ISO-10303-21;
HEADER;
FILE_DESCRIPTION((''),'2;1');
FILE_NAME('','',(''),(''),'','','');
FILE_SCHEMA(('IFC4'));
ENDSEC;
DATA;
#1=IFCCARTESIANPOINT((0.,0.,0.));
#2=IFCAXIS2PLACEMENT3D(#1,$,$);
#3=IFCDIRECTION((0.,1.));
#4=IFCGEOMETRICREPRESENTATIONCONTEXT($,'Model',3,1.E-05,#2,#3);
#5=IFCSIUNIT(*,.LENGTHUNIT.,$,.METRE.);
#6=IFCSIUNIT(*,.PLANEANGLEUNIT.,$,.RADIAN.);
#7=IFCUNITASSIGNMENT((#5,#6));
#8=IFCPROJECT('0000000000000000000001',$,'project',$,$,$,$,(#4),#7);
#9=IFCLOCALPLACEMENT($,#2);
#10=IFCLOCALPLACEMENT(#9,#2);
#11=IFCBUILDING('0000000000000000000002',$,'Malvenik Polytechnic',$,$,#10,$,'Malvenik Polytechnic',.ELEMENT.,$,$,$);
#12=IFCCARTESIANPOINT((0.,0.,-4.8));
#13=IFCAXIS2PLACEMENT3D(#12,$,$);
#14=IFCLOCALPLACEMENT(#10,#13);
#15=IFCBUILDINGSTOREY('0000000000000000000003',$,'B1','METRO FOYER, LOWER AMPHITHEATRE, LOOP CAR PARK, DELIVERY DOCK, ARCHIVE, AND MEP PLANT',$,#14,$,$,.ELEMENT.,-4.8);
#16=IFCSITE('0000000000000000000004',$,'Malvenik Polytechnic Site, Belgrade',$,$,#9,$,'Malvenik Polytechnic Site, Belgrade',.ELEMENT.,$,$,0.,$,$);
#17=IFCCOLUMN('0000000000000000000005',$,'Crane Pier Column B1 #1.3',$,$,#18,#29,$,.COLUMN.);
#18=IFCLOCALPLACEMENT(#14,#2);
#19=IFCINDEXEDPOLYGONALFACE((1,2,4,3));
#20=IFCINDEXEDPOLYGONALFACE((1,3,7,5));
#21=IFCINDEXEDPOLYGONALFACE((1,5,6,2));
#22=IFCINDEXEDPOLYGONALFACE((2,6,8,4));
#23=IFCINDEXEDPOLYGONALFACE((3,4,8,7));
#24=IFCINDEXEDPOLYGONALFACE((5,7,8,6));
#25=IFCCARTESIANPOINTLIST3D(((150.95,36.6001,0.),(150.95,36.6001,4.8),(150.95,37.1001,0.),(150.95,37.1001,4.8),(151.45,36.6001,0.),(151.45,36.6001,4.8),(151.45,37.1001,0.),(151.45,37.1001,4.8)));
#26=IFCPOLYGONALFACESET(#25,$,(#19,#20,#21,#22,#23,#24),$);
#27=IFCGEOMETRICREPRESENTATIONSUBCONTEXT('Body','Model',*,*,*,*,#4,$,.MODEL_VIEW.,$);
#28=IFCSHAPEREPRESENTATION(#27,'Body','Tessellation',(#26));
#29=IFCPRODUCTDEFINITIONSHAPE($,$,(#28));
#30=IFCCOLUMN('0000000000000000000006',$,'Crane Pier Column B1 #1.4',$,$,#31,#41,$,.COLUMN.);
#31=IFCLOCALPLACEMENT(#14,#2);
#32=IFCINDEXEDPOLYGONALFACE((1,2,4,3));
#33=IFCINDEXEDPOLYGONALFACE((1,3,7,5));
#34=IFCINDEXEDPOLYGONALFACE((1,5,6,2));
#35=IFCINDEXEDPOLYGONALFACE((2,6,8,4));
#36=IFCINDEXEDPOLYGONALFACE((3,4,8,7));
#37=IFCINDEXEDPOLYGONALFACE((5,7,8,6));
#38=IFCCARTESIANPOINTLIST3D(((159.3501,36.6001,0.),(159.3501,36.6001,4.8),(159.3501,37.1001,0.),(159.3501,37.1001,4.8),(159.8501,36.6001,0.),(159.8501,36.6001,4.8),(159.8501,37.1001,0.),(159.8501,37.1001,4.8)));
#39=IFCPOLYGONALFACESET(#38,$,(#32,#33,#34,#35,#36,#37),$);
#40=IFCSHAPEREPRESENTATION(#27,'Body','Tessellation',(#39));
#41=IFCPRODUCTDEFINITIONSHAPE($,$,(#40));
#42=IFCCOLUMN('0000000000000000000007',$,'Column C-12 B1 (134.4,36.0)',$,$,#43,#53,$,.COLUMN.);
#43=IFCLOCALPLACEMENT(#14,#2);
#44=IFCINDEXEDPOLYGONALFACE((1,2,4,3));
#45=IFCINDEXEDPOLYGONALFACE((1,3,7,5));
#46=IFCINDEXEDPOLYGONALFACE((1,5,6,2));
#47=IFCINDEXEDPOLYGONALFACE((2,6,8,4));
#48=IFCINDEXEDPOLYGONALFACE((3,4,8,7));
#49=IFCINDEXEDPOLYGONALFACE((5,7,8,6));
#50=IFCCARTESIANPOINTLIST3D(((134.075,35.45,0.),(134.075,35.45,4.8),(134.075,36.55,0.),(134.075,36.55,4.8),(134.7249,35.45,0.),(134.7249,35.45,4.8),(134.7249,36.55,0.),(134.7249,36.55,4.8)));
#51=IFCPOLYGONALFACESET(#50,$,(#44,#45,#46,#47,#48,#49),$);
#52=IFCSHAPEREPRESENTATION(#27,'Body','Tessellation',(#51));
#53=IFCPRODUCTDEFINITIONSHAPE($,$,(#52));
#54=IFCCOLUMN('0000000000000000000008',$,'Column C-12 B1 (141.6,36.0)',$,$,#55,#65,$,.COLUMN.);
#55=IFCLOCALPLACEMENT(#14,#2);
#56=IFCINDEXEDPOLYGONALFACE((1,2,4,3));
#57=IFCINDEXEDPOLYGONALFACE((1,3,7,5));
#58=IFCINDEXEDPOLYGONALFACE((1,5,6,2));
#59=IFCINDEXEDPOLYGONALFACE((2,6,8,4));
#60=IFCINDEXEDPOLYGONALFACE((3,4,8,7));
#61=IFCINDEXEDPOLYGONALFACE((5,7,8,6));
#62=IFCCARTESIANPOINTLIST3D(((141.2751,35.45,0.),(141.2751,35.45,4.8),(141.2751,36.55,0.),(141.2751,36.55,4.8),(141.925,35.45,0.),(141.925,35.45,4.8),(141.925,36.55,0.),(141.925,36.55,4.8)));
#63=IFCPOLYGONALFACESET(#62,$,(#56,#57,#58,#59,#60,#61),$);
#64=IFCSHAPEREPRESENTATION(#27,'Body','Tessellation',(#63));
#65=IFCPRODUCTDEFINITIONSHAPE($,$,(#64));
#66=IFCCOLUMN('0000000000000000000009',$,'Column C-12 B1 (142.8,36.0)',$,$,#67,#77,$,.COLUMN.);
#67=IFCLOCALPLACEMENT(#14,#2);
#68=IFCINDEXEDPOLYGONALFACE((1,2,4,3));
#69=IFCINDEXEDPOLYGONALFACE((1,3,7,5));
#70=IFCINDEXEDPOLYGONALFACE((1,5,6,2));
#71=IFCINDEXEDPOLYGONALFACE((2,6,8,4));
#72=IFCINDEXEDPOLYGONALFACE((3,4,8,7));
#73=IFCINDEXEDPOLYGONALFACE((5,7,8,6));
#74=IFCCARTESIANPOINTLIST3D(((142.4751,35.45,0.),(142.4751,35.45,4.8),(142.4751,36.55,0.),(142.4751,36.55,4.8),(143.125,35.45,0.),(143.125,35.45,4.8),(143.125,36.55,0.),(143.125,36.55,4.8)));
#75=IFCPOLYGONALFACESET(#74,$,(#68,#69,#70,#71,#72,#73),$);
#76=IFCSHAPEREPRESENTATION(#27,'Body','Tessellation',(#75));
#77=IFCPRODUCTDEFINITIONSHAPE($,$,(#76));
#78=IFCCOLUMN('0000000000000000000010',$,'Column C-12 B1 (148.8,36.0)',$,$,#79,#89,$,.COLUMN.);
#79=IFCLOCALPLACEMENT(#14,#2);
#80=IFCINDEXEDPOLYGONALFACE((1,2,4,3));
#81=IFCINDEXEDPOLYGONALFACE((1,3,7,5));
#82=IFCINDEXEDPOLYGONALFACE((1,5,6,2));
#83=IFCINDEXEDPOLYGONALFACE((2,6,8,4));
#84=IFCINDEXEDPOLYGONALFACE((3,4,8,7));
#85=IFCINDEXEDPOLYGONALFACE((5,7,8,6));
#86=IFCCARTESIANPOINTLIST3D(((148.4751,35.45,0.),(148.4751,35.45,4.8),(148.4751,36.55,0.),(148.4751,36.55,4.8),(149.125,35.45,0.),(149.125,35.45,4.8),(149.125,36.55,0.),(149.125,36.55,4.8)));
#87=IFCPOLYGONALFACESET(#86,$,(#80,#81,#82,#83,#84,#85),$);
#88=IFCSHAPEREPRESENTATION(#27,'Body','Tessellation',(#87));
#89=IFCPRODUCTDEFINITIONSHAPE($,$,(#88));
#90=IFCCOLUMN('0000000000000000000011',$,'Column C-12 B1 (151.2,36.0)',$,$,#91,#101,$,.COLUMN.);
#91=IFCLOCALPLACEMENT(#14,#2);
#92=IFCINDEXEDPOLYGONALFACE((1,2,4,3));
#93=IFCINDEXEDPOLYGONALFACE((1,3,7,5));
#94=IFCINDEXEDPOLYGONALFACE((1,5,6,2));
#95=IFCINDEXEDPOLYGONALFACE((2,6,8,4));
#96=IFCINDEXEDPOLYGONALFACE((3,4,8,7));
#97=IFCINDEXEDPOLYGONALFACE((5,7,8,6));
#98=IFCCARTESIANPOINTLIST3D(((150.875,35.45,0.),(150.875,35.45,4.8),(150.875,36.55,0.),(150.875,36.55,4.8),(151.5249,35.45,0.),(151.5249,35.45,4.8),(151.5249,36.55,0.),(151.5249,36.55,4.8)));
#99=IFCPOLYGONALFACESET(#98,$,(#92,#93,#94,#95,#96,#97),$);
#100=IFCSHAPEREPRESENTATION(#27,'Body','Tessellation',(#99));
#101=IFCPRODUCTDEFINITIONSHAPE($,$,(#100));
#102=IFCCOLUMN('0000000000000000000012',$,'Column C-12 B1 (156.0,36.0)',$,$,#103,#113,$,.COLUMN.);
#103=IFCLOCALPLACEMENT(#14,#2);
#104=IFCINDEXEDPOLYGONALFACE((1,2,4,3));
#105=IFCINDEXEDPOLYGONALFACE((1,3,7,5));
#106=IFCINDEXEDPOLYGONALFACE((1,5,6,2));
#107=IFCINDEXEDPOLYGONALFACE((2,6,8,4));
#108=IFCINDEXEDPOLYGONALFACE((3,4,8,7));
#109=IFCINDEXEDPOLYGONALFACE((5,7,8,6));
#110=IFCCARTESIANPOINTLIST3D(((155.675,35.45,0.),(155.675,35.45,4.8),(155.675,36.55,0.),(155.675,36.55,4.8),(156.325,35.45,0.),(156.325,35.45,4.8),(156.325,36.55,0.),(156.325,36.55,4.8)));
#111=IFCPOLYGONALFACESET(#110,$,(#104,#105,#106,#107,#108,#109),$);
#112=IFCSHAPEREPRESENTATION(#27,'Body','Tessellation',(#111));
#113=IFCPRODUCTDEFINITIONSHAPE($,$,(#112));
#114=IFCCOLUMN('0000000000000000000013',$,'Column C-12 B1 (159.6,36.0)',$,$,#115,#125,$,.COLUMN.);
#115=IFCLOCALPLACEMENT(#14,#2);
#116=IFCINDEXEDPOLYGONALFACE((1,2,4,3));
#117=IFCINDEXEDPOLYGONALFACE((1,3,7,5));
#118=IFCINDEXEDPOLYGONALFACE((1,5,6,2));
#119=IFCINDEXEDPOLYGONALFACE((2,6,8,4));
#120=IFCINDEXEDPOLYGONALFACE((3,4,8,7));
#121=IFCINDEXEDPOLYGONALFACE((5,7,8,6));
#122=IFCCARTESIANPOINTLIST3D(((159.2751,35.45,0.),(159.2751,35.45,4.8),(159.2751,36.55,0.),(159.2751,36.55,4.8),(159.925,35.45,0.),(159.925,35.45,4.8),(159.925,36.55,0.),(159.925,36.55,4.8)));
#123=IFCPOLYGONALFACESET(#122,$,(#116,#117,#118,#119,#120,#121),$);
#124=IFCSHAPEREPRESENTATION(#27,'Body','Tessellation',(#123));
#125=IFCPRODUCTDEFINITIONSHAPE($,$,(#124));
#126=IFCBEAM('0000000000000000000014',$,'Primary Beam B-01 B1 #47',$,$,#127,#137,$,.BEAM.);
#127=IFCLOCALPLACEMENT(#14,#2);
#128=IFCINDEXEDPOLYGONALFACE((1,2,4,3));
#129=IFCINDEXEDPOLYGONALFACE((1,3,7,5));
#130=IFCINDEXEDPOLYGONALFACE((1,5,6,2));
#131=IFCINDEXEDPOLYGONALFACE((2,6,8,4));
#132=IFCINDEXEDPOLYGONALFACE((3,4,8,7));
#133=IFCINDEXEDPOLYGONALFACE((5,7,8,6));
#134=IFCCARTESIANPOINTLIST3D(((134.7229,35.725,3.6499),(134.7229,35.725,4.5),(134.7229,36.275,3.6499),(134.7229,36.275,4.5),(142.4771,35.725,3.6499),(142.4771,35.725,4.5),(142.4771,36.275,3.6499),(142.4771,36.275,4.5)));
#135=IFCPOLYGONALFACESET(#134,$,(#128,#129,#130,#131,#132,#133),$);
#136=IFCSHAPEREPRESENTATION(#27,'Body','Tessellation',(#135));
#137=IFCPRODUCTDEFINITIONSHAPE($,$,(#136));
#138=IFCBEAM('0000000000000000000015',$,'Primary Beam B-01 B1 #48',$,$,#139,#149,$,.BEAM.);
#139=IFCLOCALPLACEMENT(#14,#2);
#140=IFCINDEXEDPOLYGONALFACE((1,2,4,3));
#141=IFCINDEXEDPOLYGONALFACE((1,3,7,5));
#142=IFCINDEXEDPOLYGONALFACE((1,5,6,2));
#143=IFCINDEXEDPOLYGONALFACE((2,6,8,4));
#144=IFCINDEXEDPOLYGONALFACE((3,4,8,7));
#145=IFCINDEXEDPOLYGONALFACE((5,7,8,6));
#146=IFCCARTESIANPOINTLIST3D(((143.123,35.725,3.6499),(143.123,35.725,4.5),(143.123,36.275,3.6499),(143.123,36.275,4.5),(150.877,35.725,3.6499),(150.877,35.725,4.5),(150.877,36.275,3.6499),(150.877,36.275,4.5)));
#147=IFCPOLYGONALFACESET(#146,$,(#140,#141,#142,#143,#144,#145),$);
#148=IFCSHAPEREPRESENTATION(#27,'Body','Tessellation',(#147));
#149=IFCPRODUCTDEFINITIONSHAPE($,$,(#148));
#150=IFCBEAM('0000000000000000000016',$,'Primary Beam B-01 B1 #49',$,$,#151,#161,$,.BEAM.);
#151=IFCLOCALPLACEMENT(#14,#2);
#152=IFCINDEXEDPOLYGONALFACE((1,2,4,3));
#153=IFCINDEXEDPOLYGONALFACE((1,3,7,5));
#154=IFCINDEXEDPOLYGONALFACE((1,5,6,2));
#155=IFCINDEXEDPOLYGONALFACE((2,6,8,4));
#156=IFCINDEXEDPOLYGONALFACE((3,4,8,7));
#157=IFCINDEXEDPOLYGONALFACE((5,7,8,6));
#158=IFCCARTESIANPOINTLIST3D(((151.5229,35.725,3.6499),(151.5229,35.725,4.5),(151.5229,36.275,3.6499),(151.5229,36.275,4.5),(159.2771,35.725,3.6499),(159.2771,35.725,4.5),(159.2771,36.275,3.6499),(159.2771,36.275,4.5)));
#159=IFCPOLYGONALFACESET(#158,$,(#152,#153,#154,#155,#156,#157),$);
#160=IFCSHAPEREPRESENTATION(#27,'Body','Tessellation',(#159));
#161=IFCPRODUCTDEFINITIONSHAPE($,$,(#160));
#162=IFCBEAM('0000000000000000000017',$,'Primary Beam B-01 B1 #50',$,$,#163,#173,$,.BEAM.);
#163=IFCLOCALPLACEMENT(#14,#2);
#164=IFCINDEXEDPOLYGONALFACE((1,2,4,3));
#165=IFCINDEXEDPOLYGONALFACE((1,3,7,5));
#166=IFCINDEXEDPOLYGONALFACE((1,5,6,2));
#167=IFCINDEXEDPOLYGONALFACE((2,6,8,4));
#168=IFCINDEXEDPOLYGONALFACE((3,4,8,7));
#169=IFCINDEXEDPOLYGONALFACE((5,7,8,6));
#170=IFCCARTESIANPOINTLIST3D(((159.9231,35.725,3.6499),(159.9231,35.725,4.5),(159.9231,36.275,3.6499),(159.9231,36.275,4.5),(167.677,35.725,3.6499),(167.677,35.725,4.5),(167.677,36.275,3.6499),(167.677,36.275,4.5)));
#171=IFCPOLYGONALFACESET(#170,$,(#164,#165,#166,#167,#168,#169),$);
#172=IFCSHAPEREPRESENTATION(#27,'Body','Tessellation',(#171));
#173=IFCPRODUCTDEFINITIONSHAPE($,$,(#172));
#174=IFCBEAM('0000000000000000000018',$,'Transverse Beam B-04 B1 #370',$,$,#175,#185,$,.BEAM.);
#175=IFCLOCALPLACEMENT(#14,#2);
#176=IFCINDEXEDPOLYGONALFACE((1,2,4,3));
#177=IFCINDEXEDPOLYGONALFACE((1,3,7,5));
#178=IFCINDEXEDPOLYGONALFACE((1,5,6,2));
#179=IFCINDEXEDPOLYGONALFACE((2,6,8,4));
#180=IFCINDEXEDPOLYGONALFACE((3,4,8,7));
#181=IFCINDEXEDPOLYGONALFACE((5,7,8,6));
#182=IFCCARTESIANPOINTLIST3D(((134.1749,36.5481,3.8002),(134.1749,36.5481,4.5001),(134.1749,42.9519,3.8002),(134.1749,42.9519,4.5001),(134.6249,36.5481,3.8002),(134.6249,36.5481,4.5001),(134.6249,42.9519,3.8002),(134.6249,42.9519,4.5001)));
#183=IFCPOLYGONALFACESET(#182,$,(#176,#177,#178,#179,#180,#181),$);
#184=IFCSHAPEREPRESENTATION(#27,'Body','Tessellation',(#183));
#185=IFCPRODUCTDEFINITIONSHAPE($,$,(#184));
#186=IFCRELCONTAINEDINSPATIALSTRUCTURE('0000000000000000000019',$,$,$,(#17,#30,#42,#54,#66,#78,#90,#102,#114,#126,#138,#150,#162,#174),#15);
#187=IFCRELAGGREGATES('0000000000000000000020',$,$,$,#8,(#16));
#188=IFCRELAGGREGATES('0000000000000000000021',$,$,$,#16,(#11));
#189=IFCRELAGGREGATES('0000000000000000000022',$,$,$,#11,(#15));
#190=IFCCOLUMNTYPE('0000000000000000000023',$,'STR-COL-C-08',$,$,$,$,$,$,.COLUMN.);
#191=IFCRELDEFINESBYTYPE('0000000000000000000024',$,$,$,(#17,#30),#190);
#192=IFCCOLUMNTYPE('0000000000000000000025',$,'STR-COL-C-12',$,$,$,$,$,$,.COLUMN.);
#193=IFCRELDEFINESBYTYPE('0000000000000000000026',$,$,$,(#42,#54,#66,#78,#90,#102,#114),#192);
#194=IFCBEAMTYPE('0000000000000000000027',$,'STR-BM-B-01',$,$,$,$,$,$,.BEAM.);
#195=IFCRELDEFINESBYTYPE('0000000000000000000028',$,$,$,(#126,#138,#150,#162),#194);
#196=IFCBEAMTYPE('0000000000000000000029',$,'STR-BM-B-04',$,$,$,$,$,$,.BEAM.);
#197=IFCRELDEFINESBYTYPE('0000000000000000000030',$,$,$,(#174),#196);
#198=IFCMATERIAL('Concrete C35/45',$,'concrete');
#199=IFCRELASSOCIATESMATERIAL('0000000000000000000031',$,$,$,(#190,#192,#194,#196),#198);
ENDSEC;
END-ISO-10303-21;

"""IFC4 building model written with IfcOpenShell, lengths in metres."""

from ifc_helpers import new_model, si_unit, direction, frame, origin, origin_2d, place, context, subcontext, project, spatial, rectangle, extrude, material, material_profile, profile_set, type_object, element, save


model = new_model("IFC4")

# Units and contexts
model_context = context("Model", 3, precision=1e-05, world=origin(), true_north=direction((0.0, 1.0)))
body_context = subcontext(model_context, "Body", "Model", "MODEL_VIEW")
ifc_project = project(units=[si_unit("LENGTHUNIT", "METRE"), si_unit("PLANEANGLEUNIT", "RADIAN")], contexts=[model_context])

# Site, building, storey
site_placement = place(None, origin())
site = spatial("IfcSite", under=ifc_project, at=site_placement, Name="Malvenik Polytechnic Site, Belgrade", LongName="Malvenik Polytechnic Site, Belgrade", CompositionType="ELEMENT", RefElevation=0.0)
building_placement = place(site_placement, origin())
building = spatial("IfcBuilding", under=site, at=building_placement, Name="Malvenik Polytechnic", LongName="Malvenik Polytechnic", CompositionType="ELEMENT")
storey_placement = place(building_placement, frame((0.0, 0.0, -4.8)))
storey = spatial("IfcBuildingStorey", under=building, at=storey_placement, Name="B1", Description="METRO FOYER, LOWER AMPHITHEATRE, LOOP CAR PARK, DELIVERY DOCK, ARCHIVE, AND MEP PLANT", CompositionType="ELEMENT", Elevation=-4.8)

# Shared definitions
ifc_material = material(Name="Concrete C35/45", Category="concrete")

# Columns
ifc_material_profile_1 = material_profile(ifc_material, rectangle(XDim=0.5, YDim=0.5, at=origin_2d()), Name="RC COL 500x500")
ifc_profile_set_1 = profile_set([ifc_material_profile_1], Name="Concrete C35/45")
column_type_1 = type_object("IfcColumnType", Name="STR-COL-C-08", PredefinedType="COLUMN", material=ifc_profile_set_1)
for number, where, z_axis, x_axis, name in (
    (1, (151.2, 36.8501, 0.0), (0.0, 0.0, 1.0), (1.0, 0.0, 0.0), "Crane Pier Column B1 #1.3"),
    (2, (159.6001, 36.8501, 0.0), (0.0, 0.0, 1.0), (1.0, 0.0, 0.0), "Crane Pier Column B1 #1.4"),
):
    element("IfcColumn", number, at=place(storey_placement, frame(where, z_axis=z_axis, x_axis=x_axis)), inside=storey, type_object=column_type_1, Name=name, PredefinedType="COLUMN", context=body_context, shape_type="SweptSolid", body=[
        extrude(rectangle(XDim=0.5, YDim=0.5, at=origin_2d()), origin(), (0.0, 0.0, 1.0), 4.8),
    ])
ifc_material_profile_2 = material_profile(ifc_material, rectangle(XDim=0.6499, YDim=1.1001, at=origin_2d()), Name="RC COL 1100x650")
ifc_profile_set_2 = profile_set([ifc_material_profile_2], Name="Concrete C35/45")
column_type_2 = type_object("IfcColumnType", Name="STR-COL-C-12", PredefinedType="COLUMN", material=ifc_profile_set_2)
for number, where, z_axis, x_axis, name in (
    (3, (134.3999, 36.0, 0.0), (0.0, 0.0, 1.0), (1.0, 0.0, 0.0), "Column C-12 B1 (134.4,36.0)"),
    (4, (141.6001, 36.0, 0.0), (0.0, 0.0, 1.0), (1.0, 0.0, 0.0), "Column C-12 B1 (141.6,36.0)"),
    (5, (142.8, 36.0, 0.0), (0.0, 0.0, 1.0), (1.0, 0.0, 0.0), "Column C-12 B1 (142.8,36.0)"),
    (6, (148.8, 36.0, 0.0), (0.0, 0.0, 1.0), (1.0, 0.0, 0.0), "Column C-12 B1 (148.8,36.0)"),
    (7, (151.2, 36.0, 0.0), (0.0, 0.0, 1.0), (1.0, 0.0, 0.0), "Column C-12 B1 (151.2,36.0)"),
    (8, (156.0, 36.0, 0.0), (0.0, 0.0, 1.0), (1.0, 0.0, 0.0), "Column C-12 B1 (156.0,36.0)"),
    (9, (159.6001, 36.0, 0.0), (0.0, 0.0, 1.0), (1.0, 0.0, 0.0), "Column C-12 B1 (159.6,36.0)"),
):
    element("IfcColumn", number, at=place(storey_placement, frame(where, z_axis=z_axis, x_axis=x_axis)), inside=storey, type_object=column_type_2, Name=name, PredefinedType="COLUMN", context=body_context, shape_type="SweptSolid", body=[
        extrude(rectangle(XDim=0.6499, YDim=1.1001, at=origin_2d()), origin(), (0.0, 0.0, 1.0), 4.8),
    ])

# Beams
ifc_material_profile_3 = material_profile(ifc_material, rectangle(XDim=0.55, YDim=0.8501, at=origin_2d()), Name="RC BM 550x850")
ifc_profile_set_3 = profile_set([ifc_material_profile_3], Name="Concrete C35/45")
beam_type_1 = type_object("IfcBeamType", Name="STR-BM-B-01", PredefinedType="BEAM", material=ifc_profile_set_3)
beam_1_placement = place(storey_placement, frame((134.7229, 36.0, 4.075), z_axis=(1.0, 0.0, 0.0), x_axis=(0.0, 1.0, 0.0)))
element("IfcBeam", 10, at=beam_1_placement, inside=storey, type_object=beam_type_1, Name="Primary Beam B-01 B1 #47", PredefinedType="BEAM", context=body_context, shape_type="SweptSolid", body=[
    extrude(rectangle(XDim=0.55, YDim=0.8501, at=origin_2d()), origin(), (0.0, 0.0, 1.0), 7.7542),
])
beam_2_placement = place(storey_placement, frame((143.123, 36.0, 4.075), z_axis=(1.0, 0.0, 0.0), x_axis=(0.0, 1.0, 0.0)))
element("IfcBeam", 11, at=beam_2_placement, inside=storey, type_object=beam_type_1, Name="Primary Beam B-01 B1 #48", PredefinedType="BEAM", context=body_context, shape_type="SweptSolid", body=[
    extrude(rectangle(XDim=0.55, YDim=0.8501, at=origin_2d()), origin(), (0.0, 0.0, 1.0), 7.7539),
])
beam_3_placement = place(storey_placement, frame((151.5229, 36.0, 4.075), z_axis=(1.0, 0.0, 0.0), x_axis=(0.0, 1.0, 0.0)))
element("IfcBeam", 12, at=beam_3_placement, inside=storey, type_object=beam_type_1, Name="Primary Beam B-01 B1 #49", PredefinedType="BEAM", context=body_context, shape_type="SweptSolid", body=[
    extrude(rectangle(XDim=0.55, YDim=0.8501, at=origin_2d()), origin(), (0.0, 0.0, 1.0), 7.7542),
])
beam_4_placement = place(storey_placement, frame((159.9231, 36.0, 4.075), z_axis=(1.0, 0.0, 0.0), x_axis=(0.0, 1.0, 0.0)))
element("IfcBeam", 13, at=beam_4_placement, inside=storey, type_object=beam_type_1, Name="Primary Beam B-01 B1 #50", PredefinedType="BEAM", context=body_context, shape_type="SweptSolid", body=[
    extrude(rectangle(XDim=0.55, YDim=0.8501, at=origin_2d()), origin(), (0.0, 0.0, 1.0), 7.7539),
])
ifc_material_profile_4 = material_profile(ifc_material, rectangle(XDim=0.45, YDim=0.7, at=origin_2d()), Name="RC BM 450x700")
ifc_profile_set_4 = profile_set([ifc_material_profile_4], Name="Concrete C35/45")
beam_type_2 = type_object("IfcBeamType", Name="STR-BM-B-04", PredefinedType="BEAM", material=ifc_profile_set_4)
beam_5_placement = place(storey_placement, frame((134.3999, 36.5481, 4.1501), z_axis=(0.0, 1.0, 0.0), x_axis=(-1.0, 0.0, 0.0)))
element("IfcBeam", 14, at=beam_5_placement, inside=storey, type_object=beam_type_2, Name="Transverse Beam B-04 B1 #370", PredefinedType="BEAM", context=body_context, shape_type="SweptSolid", body=[
    extrude(rectangle(XDim=0.45, YDim=0.7, at=origin_2d()), origin(), (0.0, 0.0, 1.0), 6.4038),
])

save(model, "model.ifc")
